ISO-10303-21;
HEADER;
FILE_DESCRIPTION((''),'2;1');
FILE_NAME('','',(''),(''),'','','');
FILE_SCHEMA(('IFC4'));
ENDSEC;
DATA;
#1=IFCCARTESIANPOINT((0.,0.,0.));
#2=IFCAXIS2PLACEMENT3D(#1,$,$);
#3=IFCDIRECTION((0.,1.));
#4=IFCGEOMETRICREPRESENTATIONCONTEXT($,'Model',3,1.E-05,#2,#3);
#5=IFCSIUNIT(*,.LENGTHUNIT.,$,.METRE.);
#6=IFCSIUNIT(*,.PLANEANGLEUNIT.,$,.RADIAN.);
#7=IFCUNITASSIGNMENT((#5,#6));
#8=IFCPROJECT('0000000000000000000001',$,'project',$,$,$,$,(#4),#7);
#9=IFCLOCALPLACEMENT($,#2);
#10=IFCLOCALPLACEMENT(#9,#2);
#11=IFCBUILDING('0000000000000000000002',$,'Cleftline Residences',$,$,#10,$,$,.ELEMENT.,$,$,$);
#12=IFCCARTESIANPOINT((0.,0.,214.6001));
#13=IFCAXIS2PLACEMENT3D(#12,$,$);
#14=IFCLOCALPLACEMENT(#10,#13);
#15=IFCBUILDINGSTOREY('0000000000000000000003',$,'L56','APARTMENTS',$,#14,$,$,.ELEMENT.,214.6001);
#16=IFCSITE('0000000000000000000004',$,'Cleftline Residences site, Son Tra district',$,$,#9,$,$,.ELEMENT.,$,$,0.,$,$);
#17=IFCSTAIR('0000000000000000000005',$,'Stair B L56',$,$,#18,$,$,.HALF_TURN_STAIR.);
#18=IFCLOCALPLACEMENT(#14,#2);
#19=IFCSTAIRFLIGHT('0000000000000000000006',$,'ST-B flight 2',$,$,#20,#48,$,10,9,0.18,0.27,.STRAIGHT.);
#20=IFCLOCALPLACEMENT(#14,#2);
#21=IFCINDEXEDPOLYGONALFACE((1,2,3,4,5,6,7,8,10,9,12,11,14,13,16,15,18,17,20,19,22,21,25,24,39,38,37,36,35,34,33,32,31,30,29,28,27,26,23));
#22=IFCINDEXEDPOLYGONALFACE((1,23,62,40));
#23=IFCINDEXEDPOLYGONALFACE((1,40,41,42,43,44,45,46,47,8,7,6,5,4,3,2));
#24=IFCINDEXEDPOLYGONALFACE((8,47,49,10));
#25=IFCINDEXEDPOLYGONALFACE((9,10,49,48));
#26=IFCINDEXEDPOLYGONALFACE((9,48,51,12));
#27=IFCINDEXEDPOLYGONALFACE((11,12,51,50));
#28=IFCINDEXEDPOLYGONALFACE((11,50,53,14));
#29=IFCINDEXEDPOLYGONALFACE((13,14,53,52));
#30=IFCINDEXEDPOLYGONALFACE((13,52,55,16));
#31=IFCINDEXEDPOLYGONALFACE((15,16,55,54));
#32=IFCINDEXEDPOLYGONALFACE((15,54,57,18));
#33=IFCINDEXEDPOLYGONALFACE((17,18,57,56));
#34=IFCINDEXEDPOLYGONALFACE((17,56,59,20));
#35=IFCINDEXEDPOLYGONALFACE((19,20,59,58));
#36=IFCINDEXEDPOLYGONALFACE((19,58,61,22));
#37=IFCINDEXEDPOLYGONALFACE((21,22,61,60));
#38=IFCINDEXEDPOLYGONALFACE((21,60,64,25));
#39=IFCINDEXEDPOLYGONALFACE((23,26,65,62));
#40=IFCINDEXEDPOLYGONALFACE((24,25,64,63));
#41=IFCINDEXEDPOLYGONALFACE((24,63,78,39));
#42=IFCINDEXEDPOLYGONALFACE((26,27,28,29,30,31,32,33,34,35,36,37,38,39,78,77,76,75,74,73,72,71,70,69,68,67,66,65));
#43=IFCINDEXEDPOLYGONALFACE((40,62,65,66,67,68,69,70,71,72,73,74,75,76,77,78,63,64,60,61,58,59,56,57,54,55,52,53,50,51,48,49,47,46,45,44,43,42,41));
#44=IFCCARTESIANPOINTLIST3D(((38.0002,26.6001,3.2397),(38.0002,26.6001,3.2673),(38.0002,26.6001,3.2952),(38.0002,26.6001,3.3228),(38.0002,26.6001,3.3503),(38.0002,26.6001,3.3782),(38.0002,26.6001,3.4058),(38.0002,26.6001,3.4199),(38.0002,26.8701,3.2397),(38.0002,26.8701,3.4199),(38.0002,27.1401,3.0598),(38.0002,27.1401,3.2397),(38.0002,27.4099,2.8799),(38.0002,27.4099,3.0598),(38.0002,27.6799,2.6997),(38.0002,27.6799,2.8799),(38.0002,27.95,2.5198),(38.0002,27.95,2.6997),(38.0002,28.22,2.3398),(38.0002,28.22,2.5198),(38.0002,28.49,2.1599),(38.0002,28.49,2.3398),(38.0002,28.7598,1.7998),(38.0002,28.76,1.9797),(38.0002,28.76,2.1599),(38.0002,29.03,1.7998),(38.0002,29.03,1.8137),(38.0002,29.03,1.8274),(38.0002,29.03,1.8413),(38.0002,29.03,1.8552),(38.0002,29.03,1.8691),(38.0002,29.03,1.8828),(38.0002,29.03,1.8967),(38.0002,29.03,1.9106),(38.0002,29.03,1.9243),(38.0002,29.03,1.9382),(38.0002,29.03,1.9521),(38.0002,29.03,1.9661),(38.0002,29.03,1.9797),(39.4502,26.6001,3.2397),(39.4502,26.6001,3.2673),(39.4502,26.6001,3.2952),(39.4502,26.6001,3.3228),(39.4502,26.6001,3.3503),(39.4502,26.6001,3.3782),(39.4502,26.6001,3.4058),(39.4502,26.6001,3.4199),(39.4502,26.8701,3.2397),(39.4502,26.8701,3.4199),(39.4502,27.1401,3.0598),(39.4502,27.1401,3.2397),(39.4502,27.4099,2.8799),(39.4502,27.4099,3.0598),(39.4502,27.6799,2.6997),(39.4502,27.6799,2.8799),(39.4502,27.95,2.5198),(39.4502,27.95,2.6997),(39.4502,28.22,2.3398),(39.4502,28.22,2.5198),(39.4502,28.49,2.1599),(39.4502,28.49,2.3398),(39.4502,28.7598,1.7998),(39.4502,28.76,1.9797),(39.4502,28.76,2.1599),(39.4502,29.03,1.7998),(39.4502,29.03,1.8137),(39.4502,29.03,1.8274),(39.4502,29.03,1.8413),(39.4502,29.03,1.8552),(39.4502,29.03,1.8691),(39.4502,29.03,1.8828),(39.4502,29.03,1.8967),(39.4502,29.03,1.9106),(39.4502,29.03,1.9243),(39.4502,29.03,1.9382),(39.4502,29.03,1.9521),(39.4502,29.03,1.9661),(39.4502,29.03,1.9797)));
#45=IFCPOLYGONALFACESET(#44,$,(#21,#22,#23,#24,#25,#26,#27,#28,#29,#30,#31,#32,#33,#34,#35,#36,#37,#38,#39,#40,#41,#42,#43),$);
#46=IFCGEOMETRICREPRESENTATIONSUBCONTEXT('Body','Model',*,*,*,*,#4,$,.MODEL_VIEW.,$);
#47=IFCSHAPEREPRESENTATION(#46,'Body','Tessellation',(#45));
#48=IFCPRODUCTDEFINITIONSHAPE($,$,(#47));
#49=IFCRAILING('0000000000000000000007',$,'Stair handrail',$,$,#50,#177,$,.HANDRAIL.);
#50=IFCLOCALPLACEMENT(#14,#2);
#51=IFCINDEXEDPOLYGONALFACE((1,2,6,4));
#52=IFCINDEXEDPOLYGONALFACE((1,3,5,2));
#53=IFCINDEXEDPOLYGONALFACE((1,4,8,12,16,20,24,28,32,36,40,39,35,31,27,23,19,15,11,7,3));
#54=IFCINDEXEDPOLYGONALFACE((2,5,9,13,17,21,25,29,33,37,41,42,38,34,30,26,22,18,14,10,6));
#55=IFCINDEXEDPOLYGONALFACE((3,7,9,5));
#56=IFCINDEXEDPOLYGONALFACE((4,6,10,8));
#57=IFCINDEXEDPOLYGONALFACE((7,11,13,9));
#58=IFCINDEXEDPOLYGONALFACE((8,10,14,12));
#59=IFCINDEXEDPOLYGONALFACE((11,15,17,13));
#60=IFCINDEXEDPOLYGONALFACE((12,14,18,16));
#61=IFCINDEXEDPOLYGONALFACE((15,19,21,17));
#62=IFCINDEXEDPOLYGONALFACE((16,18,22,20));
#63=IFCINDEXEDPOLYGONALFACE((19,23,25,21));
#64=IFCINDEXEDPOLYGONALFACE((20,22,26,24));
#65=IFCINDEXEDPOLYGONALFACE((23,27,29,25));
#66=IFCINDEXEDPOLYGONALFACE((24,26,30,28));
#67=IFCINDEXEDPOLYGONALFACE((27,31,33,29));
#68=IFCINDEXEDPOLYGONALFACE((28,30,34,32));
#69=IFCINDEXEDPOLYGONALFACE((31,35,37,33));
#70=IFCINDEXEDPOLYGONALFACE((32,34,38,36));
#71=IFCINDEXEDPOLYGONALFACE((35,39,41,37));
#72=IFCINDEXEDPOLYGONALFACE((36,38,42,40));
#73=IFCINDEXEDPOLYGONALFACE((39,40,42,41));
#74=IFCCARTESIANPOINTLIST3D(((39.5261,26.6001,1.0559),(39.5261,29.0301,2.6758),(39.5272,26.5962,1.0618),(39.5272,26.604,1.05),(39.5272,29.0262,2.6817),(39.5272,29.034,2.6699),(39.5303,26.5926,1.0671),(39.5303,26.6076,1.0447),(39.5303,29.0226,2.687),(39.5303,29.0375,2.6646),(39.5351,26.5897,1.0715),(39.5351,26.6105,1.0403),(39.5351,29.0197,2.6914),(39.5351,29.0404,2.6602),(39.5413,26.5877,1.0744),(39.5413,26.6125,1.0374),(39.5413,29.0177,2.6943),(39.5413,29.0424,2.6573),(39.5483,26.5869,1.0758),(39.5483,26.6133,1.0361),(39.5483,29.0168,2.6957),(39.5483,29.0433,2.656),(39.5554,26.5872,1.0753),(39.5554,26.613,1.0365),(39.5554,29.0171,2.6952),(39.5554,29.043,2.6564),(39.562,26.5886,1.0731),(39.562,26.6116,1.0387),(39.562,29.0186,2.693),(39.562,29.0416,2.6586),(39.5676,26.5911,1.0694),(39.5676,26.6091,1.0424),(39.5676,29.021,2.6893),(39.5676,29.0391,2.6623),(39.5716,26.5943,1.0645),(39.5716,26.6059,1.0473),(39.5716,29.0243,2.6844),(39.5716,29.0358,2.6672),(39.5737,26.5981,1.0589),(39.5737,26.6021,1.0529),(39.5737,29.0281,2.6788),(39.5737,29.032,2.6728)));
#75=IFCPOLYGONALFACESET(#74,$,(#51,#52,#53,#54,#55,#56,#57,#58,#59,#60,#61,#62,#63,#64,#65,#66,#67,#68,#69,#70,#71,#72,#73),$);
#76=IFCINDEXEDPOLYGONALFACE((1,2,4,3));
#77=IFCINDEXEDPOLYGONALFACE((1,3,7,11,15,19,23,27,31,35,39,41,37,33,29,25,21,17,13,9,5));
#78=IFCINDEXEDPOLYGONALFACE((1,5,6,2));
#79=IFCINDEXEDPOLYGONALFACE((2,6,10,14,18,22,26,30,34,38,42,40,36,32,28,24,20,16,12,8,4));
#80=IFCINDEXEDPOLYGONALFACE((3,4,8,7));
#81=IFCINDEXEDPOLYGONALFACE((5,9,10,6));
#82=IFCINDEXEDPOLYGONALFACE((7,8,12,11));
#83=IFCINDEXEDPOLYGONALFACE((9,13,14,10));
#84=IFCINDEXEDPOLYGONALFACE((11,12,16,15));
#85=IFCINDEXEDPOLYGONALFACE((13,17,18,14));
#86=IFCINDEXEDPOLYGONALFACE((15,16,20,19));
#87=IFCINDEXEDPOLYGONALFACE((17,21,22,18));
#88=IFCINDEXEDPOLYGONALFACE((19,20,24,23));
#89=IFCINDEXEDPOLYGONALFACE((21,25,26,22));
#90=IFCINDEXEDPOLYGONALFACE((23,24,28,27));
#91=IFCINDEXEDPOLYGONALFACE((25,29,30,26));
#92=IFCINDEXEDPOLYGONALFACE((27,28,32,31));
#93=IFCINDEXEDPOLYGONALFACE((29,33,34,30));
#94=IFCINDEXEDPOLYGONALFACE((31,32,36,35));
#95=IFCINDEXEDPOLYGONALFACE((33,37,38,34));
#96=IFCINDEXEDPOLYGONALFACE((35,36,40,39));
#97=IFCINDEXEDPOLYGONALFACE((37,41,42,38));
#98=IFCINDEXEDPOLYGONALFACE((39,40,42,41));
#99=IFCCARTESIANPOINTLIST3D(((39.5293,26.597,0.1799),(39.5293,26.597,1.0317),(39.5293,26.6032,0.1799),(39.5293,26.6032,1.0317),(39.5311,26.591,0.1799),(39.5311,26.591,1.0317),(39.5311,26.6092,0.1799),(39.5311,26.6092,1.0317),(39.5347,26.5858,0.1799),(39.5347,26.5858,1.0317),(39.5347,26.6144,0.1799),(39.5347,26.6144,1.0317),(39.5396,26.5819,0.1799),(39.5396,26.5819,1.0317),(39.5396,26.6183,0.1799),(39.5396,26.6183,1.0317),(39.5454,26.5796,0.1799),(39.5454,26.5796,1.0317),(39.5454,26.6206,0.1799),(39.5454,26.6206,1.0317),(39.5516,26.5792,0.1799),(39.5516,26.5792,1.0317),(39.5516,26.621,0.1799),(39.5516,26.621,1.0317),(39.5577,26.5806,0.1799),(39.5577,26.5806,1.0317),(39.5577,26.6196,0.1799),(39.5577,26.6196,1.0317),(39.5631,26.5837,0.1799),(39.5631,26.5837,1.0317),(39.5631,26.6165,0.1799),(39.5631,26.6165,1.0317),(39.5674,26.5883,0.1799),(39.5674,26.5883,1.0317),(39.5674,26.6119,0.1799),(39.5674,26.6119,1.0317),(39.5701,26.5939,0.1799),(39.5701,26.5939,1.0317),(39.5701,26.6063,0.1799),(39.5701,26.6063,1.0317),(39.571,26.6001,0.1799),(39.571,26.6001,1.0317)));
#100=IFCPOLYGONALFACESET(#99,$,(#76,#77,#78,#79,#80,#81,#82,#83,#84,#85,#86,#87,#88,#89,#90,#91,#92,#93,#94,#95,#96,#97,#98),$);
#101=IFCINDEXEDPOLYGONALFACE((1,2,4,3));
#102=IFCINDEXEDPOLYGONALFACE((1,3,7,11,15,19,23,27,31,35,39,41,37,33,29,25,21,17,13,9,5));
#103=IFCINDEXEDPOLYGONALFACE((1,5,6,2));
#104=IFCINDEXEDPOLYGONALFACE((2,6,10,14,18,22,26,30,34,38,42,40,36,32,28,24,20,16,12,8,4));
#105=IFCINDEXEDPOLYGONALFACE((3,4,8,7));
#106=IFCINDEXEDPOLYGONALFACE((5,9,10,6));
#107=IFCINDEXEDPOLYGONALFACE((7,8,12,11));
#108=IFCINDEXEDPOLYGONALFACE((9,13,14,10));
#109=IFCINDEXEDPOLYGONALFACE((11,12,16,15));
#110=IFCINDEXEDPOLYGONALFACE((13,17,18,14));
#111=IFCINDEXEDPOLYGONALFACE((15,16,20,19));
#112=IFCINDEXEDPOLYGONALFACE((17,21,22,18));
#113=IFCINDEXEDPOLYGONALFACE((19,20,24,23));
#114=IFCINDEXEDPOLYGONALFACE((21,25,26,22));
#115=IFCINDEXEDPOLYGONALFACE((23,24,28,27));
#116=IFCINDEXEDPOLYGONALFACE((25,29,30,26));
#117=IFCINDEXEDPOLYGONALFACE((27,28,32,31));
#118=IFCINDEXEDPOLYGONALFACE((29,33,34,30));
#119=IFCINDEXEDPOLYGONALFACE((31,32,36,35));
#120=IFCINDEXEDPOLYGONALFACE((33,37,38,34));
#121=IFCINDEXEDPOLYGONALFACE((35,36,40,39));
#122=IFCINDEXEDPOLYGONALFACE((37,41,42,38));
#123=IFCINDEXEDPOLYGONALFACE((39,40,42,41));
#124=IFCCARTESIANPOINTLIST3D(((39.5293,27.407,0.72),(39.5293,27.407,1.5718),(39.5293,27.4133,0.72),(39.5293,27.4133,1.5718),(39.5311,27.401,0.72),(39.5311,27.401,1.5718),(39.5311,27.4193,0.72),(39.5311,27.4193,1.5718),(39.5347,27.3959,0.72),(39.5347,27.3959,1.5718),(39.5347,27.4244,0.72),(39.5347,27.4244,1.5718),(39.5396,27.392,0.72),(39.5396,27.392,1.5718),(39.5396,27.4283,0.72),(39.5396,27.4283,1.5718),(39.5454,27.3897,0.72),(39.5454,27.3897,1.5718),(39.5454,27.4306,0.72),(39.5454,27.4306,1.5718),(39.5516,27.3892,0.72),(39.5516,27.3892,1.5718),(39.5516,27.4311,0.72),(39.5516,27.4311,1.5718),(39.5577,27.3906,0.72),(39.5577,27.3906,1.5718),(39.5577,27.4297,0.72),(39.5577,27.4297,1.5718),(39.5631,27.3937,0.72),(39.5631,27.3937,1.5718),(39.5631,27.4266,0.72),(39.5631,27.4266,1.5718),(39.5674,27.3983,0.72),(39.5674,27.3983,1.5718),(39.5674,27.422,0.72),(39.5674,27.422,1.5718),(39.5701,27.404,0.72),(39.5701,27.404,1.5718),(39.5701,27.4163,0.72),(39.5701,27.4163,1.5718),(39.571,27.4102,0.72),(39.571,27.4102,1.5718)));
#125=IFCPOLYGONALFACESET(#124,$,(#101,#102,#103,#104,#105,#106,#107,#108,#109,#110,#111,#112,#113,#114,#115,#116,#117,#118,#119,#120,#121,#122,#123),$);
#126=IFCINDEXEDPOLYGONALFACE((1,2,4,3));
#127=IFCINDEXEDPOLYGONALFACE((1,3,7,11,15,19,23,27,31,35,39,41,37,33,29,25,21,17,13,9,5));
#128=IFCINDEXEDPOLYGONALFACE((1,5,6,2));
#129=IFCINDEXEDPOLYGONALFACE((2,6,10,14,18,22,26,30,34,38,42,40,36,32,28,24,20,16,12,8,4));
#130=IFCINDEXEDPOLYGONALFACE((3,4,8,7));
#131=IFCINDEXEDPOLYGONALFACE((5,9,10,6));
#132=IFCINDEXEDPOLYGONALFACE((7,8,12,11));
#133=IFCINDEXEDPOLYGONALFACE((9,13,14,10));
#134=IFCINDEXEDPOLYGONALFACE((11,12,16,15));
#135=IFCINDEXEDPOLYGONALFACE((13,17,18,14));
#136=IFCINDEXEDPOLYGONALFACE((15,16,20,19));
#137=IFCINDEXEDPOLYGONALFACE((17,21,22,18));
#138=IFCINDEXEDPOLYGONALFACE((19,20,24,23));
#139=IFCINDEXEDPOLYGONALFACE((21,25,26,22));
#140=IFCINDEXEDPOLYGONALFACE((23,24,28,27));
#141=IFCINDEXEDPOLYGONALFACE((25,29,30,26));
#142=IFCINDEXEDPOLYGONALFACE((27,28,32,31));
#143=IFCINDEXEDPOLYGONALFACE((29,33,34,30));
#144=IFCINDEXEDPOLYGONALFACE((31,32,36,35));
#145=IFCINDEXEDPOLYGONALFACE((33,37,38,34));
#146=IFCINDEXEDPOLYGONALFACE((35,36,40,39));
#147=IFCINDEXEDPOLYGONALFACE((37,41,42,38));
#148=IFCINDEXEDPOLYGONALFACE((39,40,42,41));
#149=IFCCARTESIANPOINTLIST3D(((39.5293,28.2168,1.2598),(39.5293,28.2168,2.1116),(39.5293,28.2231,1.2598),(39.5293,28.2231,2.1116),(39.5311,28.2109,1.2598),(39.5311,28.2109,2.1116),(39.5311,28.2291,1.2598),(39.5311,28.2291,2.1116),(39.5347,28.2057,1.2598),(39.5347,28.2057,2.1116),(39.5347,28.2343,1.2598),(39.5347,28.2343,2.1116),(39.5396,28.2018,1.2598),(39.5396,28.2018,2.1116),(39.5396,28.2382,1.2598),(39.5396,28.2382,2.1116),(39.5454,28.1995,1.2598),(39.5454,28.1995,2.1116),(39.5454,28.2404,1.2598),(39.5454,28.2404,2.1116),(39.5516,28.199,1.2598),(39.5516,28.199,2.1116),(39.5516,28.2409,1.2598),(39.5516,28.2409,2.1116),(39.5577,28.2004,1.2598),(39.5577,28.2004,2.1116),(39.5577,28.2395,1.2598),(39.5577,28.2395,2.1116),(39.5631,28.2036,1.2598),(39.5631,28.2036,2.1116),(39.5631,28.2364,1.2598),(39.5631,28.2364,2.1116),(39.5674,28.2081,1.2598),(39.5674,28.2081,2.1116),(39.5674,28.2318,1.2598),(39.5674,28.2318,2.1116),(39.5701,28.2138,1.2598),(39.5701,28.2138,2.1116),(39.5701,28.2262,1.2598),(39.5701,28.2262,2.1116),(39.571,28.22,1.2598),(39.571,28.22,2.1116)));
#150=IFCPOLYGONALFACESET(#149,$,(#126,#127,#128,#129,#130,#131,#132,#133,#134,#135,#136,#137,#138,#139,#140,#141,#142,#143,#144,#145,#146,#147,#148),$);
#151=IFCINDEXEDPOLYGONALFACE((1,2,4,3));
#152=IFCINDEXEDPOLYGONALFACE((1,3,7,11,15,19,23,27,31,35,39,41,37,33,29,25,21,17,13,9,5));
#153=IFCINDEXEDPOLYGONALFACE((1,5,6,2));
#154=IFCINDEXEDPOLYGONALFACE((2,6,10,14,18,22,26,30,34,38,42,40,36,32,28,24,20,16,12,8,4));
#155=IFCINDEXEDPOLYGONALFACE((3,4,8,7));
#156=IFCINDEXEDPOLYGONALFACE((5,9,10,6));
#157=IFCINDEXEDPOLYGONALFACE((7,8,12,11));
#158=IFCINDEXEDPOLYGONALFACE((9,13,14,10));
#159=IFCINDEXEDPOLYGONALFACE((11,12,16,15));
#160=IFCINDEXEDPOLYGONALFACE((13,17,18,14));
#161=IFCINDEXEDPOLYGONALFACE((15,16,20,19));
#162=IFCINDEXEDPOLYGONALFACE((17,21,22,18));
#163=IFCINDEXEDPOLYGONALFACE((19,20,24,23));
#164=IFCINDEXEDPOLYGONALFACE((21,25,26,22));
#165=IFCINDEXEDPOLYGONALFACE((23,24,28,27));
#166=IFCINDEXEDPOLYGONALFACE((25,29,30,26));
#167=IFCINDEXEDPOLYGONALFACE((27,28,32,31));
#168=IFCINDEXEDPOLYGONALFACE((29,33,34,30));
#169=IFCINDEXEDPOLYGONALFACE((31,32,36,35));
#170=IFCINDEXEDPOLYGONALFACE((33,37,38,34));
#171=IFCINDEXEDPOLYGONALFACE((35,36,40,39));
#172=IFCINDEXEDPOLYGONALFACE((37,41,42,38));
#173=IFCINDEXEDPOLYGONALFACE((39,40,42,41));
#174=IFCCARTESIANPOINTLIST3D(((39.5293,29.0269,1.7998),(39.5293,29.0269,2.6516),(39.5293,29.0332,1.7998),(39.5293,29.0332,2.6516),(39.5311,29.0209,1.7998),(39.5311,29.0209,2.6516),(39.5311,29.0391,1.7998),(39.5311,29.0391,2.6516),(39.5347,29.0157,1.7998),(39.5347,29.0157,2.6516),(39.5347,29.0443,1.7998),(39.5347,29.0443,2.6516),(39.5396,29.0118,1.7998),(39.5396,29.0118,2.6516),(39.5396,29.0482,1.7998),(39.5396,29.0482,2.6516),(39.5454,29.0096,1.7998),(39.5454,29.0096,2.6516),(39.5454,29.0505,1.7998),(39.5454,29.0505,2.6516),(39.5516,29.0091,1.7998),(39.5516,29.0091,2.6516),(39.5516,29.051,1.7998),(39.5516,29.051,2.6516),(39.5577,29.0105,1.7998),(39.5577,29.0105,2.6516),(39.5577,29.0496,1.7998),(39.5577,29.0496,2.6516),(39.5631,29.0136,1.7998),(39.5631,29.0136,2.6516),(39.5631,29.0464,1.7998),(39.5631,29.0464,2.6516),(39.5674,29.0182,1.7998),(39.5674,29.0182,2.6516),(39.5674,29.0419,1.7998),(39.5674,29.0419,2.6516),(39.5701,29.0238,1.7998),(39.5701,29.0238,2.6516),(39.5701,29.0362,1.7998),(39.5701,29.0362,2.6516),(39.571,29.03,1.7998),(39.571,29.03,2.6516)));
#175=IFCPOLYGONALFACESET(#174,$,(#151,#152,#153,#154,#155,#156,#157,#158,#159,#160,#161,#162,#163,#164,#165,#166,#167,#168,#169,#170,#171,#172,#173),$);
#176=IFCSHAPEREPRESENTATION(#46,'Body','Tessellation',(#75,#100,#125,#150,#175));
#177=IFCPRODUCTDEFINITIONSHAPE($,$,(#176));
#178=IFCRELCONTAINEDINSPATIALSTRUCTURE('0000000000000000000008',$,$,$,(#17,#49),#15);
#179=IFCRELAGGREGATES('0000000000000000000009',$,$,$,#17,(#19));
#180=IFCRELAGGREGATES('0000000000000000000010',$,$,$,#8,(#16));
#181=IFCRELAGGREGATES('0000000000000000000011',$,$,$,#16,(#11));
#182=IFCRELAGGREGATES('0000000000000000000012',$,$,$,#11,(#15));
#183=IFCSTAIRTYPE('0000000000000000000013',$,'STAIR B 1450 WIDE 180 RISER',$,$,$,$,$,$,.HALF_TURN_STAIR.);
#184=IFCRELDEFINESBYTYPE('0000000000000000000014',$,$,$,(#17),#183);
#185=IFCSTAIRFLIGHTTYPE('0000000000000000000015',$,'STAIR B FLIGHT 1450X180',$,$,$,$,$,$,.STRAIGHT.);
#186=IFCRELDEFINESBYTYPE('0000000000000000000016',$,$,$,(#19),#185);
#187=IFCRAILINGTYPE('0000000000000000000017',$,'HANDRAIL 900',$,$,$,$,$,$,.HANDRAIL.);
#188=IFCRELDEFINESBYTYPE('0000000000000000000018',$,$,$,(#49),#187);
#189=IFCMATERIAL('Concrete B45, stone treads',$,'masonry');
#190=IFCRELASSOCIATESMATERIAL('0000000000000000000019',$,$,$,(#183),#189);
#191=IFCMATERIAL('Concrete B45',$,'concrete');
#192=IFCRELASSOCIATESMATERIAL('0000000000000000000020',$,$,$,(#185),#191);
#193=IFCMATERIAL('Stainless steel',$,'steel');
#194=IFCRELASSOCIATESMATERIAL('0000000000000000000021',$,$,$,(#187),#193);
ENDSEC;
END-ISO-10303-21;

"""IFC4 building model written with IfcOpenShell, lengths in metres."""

from ifc_helpers import new_model, si_unit, direction, frame, origin, origin_2d, place, context, subcontext, project, spatial, polyline, circle, outline, extrude, material, type_object, element, aggregate, save


model = new_model("IFC4")

# Units and contexts
model_context = context("Model", 3, precision=1e-05, world=origin(), true_north=direction((0.0, 1.0)))
body_context = subcontext(model_context, "Body", "Model", "MODEL_VIEW")
ifc_project = project(units=[si_unit("LENGTHUNIT", "METRE"), si_unit("PLANEANGLEUNIT", "RADIAN")], contexts=[model_context])

# Site, building, storey
site_placement = place(None, origin())
site = spatial("IfcSite", under=ifc_project, at=site_placement, Name="Cleftline Residences site, Son Tra district", CompositionType="ELEMENT", RefElevation=0.0)
building_placement = place(site_placement, origin())
building = spatial("IfcBuilding", under=site, at=building_placement, Name="Cleftline Residences", CompositionType="ELEMENT")
storey_placement = place(building_placement, frame((0.0, 0.0, 214.6001)))
storey = spatial("IfcBuildingStorey", under=building, at=storey_placement, Name="L56", Description="APARTMENTS", CompositionType="ELEMENT", Elevation=214.6001)

# Stair, stair flight
ifc_material_1 = material(Name="Concrete B45, stone treads", Category="masonry")
stair_type = type_object("IfcStairType", Name="STAIR B 1450 WIDE 180 RISER", PredefinedType="HALF_TURN_STAIR", material=ifc_material_1)
stair_placement = place(storey_placement, origin())
stair = element("IfcStair", 1, at=stair_placement, inside=storey, type_object=stair_type, Name="Stair B L56", PredefinedType="HALF_TURN_STAIR")
ifc_material_2 = material(Name="Concrete B45", Category="concrete")
stair_flight_type = type_object("IfcStairFlightType", Name="STAIR B FLIGHT 1450X180", PredefinedType="STRAIGHT", material=ifc_material_2)
stair_flight_1_placement = place(storey_placement, frame((38.7251, 29.03, 1.7998), z_axis=(0.0, 0.0, 1.0), x_axis=(0.0, -1.0, 0.0)))
stair_flight_1 = element("IfcStairFlight", 2, at=stair_flight_1_placement, type_object=stair_flight_type, Name="ST-B flight 2", NumberOfRisers=10, NumberOfTreads=9, PredefinedType="STRAIGHT", RiserHeight=0.18, TreadLength=0.27, context=body_context, shape_type="SweptSolid", body=[
    extrude(outline(polyline([(0.0, 0.0), (0.0, 0.0139), (0.0, 0.0276), (0.0, 0.0415), (0.0, 0.0554), (0.0, 0.0693), (0.0, 0.083), (0.0, 0.0969), (0.0, 0.1108), (0.0, 0.1245), (0.0, 0.1384), (0.0, 0.1523), (0.0, 0.1663), (0.0, 0.1799), (0.27, 0.1799), (0.27, 0.3601), (0.54, 0.3601), (0.54, 0.54), (0.8101, 0.54), (0.8101, 0.72), (1.0801, 0.72), (1.0801, 0.8999), (1.3501, 0.8999), (1.3501, 1.0801), (1.6201, 1.0801), (1.6201, 1.26), (1.8899, 1.26), (1.8899, 1.4399), (2.1599, 1.4399), (2.1599, 1.6201), (2.4299, 1.6201), (2.4299, 1.8), (2.4299, 1.7722), (2.4299, 1.7446), (2.4299, 1.7168), (2.4299, 1.6892), (2.4299, 1.6614), (2.4299, 1.6338), (2.4299, 1.606), (2.4299, 1.5784), (2.4299, 1.5505), (2.4299, 1.5229), (2.4299, 1.4954), (2.4299, 1.4675), (2.4299, 1.4399), (0.2703, 0.0), (0.0, 0.0)])), frame((0.0, 0.7251, 0.0), z_axis=(0.0, -1.0, 0.0), x_axis=(1.0, 0.0, 0.0)), (0.0, 0.0, 1.0), 1.45),
])
aggregate(stair, [stair_flight_1])

# Railing
ifc_material_3 = material(Name="Stainless steel", Category="steel")
railing_type = type_object("IfcRailingType", Name="HANDRAIL 900", PredefinedType="HANDRAIL", material=ifc_material_3)
railing_1_placement = place(storey_placement, frame((39.55, 26.6001, 0.1799)))
element("IfcRailing", 3, at=railing_1_placement, inside=storey, type_object=railing_type, Name="Stair handrail", PredefinedType="HANDRAIL", context=body_context, shape_type="SweptSolid", body=[
    extrude(circle(Radius=0.0239, at=origin_2d()), frame((0.0, 0.0, 0.876), z_axis=(0.0, 0.832063, 0.554681), x_axis=(-1.0, 0.0, 0.0)), (0.0, 0.0, 1.0), 2.9204),
    extrude(circle(Radius=0.021, at=origin_2d()), origin(), (0.0, 0.0, 1.0), 0.8518),
    extrude(circle(Radius=0.021, at=origin_2d()), frame((0.0, 0.8101, 0.54)), (0.0, 0.0, 1.0), 0.8518),
    extrude(circle(Radius=0.021, at=origin_2d()), frame((0.0, 1.6199, 1.0798)), (0.0, 0.0, 1.0), 0.8518),
    extrude(circle(Radius=0.021, at=origin_2d()), frame((0.0, 2.4299, 1.6199)), (0.0, 0.0, 1.0), 0.8518),
])

save(model, "model.ifc")
